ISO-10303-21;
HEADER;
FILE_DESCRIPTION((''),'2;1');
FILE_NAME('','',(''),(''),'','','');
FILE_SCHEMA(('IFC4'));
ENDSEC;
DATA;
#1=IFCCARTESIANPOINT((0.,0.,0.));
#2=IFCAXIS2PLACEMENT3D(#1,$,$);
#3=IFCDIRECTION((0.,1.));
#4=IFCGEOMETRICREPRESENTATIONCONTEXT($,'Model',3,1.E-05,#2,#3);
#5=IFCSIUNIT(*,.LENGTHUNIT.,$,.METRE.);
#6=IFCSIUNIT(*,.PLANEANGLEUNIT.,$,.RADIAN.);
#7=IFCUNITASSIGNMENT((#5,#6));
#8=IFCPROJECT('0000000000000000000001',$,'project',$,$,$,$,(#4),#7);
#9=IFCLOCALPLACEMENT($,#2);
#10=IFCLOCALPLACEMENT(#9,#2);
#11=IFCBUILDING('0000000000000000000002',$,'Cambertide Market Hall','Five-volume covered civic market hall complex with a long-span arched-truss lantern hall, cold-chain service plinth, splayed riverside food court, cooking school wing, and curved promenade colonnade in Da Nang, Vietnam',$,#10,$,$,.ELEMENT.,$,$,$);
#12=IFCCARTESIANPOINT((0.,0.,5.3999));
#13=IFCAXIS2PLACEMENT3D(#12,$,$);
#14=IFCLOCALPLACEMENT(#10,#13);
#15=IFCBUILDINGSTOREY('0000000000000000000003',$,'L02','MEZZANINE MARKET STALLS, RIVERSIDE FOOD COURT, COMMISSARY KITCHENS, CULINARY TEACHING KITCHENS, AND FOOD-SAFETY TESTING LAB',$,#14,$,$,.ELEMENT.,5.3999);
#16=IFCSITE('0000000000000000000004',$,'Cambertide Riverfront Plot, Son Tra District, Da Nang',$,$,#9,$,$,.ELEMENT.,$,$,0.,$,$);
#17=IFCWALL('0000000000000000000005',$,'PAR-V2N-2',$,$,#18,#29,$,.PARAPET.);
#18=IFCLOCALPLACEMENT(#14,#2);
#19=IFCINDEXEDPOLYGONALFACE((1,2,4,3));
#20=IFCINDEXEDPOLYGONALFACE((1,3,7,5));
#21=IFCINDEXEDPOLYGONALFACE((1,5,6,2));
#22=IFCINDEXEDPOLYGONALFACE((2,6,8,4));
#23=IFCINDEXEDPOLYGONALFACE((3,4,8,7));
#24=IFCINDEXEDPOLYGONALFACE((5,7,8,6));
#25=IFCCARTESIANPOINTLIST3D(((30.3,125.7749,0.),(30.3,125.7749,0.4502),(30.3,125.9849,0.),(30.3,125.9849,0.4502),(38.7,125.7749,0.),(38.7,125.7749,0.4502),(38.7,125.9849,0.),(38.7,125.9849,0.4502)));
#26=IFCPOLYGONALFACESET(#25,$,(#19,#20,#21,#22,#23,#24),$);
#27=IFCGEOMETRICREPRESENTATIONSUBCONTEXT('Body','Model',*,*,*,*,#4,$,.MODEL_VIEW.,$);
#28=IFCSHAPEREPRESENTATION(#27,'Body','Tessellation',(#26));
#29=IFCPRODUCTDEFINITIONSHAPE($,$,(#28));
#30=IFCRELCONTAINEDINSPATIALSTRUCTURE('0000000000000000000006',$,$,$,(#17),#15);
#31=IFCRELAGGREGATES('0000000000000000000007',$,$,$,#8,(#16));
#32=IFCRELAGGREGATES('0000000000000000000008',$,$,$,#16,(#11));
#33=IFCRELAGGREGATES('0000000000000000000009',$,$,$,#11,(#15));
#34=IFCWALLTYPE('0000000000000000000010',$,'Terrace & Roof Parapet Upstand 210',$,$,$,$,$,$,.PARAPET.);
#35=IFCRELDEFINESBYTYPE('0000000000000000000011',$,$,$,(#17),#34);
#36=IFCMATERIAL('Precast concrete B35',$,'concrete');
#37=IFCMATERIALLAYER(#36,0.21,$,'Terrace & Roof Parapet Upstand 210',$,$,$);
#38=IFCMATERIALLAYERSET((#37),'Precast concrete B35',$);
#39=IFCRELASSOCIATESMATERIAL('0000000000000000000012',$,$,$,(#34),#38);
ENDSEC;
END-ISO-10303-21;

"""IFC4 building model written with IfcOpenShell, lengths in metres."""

from ifc_helpers import new_model, si_unit, direction, frame, frame_2d, origin, place, context, subcontext, project, spatial, rectangle, extrude, material, layer, layer_set, type_object, element, save


model = new_model("IFC4")

# Units and contexts
model_context = context("Model", 3, precision=1e-05, world=origin(), true_north=direction((0.0, 1.0)))
body_context = subcontext(model_context, "Body", "Model", "MODEL_VIEW")
ifc_project = project(units=[si_unit("LENGTHUNIT", "METRE"), si_unit("PLANEANGLEUNIT", "RADIAN")], contexts=[model_context])

# Site, building, storey
site_placement = place(None, origin())
site = spatial("IfcSite", under=ifc_project, at=site_placement, Name="Cambertide Riverfront Plot, Son Tra District, Da Nang", CompositionType="ELEMENT", RefElevation=0.0)
building_placement = place(site_placement, origin())
building = spatial("IfcBuilding", under=site, at=building_placement, Name="Cambertide Market Hall", Description="Five-volume covered civic market hall complex with a long-span arched-truss lantern hall, cold-chain service plinth, splayed riverside food court, cooking school wing, and curved promenade colonnade in Da Nang, Vietnam", CompositionType="ELEMENT")
storey_placement = place(building_placement, frame((0.0, 0.0, 5.3999)))
storey = spatial("IfcBuildingStorey", under=building, at=storey_placement, Name="L02", Description="MEZZANINE MARKET STALLS, RIVERSIDE FOOD COURT, COMMISSARY KITCHENS, CULINARY TEACHING KITCHENS, AND FOOD-SAFETY TESTING LAB", CompositionType="ELEMENT", Elevation=5.3999)

# Wall
ifc_material_1 = material(Name="Precast concrete B35", Category="concrete")
ifc_layer = layer(ifc_material_1, 0.21, Name="Terrace & Roof Parapet Upstand 210")
ifc_layer_set = layer_set([ifc_layer], Name="Precast concrete B35")
wall_type = type_object("IfcWallType", Name="Terrace & Roof Parapet Upstand 210", PredefinedType="PARAPET", material=ifc_layer_set)
for number, where, z_axis, x_axis, name in (
    (1, (30.3, 125.8799, 0.0), (0.0, 0.0, 1.0), (1.0, 0.0, 0.0), "PAR-V2N-2"),
):
    element("IfcWall", number, at=place(storey_placement, frame(where, z_axis=z_axis, x_axis=x_axis)), inside=storey, type_object=wall_type, Name=name, PredefinedType="PARAPET", context=body_context, shape_type="SweptSolid", body=[
        extrude(rectangle(XDim=8.3999, YDim=0.21, at=frame_2d((4.2, 0.0))), origin(), (0.0, 0.0, 1.0), 0.4502),
    ])

save(model, "model.ifc")
